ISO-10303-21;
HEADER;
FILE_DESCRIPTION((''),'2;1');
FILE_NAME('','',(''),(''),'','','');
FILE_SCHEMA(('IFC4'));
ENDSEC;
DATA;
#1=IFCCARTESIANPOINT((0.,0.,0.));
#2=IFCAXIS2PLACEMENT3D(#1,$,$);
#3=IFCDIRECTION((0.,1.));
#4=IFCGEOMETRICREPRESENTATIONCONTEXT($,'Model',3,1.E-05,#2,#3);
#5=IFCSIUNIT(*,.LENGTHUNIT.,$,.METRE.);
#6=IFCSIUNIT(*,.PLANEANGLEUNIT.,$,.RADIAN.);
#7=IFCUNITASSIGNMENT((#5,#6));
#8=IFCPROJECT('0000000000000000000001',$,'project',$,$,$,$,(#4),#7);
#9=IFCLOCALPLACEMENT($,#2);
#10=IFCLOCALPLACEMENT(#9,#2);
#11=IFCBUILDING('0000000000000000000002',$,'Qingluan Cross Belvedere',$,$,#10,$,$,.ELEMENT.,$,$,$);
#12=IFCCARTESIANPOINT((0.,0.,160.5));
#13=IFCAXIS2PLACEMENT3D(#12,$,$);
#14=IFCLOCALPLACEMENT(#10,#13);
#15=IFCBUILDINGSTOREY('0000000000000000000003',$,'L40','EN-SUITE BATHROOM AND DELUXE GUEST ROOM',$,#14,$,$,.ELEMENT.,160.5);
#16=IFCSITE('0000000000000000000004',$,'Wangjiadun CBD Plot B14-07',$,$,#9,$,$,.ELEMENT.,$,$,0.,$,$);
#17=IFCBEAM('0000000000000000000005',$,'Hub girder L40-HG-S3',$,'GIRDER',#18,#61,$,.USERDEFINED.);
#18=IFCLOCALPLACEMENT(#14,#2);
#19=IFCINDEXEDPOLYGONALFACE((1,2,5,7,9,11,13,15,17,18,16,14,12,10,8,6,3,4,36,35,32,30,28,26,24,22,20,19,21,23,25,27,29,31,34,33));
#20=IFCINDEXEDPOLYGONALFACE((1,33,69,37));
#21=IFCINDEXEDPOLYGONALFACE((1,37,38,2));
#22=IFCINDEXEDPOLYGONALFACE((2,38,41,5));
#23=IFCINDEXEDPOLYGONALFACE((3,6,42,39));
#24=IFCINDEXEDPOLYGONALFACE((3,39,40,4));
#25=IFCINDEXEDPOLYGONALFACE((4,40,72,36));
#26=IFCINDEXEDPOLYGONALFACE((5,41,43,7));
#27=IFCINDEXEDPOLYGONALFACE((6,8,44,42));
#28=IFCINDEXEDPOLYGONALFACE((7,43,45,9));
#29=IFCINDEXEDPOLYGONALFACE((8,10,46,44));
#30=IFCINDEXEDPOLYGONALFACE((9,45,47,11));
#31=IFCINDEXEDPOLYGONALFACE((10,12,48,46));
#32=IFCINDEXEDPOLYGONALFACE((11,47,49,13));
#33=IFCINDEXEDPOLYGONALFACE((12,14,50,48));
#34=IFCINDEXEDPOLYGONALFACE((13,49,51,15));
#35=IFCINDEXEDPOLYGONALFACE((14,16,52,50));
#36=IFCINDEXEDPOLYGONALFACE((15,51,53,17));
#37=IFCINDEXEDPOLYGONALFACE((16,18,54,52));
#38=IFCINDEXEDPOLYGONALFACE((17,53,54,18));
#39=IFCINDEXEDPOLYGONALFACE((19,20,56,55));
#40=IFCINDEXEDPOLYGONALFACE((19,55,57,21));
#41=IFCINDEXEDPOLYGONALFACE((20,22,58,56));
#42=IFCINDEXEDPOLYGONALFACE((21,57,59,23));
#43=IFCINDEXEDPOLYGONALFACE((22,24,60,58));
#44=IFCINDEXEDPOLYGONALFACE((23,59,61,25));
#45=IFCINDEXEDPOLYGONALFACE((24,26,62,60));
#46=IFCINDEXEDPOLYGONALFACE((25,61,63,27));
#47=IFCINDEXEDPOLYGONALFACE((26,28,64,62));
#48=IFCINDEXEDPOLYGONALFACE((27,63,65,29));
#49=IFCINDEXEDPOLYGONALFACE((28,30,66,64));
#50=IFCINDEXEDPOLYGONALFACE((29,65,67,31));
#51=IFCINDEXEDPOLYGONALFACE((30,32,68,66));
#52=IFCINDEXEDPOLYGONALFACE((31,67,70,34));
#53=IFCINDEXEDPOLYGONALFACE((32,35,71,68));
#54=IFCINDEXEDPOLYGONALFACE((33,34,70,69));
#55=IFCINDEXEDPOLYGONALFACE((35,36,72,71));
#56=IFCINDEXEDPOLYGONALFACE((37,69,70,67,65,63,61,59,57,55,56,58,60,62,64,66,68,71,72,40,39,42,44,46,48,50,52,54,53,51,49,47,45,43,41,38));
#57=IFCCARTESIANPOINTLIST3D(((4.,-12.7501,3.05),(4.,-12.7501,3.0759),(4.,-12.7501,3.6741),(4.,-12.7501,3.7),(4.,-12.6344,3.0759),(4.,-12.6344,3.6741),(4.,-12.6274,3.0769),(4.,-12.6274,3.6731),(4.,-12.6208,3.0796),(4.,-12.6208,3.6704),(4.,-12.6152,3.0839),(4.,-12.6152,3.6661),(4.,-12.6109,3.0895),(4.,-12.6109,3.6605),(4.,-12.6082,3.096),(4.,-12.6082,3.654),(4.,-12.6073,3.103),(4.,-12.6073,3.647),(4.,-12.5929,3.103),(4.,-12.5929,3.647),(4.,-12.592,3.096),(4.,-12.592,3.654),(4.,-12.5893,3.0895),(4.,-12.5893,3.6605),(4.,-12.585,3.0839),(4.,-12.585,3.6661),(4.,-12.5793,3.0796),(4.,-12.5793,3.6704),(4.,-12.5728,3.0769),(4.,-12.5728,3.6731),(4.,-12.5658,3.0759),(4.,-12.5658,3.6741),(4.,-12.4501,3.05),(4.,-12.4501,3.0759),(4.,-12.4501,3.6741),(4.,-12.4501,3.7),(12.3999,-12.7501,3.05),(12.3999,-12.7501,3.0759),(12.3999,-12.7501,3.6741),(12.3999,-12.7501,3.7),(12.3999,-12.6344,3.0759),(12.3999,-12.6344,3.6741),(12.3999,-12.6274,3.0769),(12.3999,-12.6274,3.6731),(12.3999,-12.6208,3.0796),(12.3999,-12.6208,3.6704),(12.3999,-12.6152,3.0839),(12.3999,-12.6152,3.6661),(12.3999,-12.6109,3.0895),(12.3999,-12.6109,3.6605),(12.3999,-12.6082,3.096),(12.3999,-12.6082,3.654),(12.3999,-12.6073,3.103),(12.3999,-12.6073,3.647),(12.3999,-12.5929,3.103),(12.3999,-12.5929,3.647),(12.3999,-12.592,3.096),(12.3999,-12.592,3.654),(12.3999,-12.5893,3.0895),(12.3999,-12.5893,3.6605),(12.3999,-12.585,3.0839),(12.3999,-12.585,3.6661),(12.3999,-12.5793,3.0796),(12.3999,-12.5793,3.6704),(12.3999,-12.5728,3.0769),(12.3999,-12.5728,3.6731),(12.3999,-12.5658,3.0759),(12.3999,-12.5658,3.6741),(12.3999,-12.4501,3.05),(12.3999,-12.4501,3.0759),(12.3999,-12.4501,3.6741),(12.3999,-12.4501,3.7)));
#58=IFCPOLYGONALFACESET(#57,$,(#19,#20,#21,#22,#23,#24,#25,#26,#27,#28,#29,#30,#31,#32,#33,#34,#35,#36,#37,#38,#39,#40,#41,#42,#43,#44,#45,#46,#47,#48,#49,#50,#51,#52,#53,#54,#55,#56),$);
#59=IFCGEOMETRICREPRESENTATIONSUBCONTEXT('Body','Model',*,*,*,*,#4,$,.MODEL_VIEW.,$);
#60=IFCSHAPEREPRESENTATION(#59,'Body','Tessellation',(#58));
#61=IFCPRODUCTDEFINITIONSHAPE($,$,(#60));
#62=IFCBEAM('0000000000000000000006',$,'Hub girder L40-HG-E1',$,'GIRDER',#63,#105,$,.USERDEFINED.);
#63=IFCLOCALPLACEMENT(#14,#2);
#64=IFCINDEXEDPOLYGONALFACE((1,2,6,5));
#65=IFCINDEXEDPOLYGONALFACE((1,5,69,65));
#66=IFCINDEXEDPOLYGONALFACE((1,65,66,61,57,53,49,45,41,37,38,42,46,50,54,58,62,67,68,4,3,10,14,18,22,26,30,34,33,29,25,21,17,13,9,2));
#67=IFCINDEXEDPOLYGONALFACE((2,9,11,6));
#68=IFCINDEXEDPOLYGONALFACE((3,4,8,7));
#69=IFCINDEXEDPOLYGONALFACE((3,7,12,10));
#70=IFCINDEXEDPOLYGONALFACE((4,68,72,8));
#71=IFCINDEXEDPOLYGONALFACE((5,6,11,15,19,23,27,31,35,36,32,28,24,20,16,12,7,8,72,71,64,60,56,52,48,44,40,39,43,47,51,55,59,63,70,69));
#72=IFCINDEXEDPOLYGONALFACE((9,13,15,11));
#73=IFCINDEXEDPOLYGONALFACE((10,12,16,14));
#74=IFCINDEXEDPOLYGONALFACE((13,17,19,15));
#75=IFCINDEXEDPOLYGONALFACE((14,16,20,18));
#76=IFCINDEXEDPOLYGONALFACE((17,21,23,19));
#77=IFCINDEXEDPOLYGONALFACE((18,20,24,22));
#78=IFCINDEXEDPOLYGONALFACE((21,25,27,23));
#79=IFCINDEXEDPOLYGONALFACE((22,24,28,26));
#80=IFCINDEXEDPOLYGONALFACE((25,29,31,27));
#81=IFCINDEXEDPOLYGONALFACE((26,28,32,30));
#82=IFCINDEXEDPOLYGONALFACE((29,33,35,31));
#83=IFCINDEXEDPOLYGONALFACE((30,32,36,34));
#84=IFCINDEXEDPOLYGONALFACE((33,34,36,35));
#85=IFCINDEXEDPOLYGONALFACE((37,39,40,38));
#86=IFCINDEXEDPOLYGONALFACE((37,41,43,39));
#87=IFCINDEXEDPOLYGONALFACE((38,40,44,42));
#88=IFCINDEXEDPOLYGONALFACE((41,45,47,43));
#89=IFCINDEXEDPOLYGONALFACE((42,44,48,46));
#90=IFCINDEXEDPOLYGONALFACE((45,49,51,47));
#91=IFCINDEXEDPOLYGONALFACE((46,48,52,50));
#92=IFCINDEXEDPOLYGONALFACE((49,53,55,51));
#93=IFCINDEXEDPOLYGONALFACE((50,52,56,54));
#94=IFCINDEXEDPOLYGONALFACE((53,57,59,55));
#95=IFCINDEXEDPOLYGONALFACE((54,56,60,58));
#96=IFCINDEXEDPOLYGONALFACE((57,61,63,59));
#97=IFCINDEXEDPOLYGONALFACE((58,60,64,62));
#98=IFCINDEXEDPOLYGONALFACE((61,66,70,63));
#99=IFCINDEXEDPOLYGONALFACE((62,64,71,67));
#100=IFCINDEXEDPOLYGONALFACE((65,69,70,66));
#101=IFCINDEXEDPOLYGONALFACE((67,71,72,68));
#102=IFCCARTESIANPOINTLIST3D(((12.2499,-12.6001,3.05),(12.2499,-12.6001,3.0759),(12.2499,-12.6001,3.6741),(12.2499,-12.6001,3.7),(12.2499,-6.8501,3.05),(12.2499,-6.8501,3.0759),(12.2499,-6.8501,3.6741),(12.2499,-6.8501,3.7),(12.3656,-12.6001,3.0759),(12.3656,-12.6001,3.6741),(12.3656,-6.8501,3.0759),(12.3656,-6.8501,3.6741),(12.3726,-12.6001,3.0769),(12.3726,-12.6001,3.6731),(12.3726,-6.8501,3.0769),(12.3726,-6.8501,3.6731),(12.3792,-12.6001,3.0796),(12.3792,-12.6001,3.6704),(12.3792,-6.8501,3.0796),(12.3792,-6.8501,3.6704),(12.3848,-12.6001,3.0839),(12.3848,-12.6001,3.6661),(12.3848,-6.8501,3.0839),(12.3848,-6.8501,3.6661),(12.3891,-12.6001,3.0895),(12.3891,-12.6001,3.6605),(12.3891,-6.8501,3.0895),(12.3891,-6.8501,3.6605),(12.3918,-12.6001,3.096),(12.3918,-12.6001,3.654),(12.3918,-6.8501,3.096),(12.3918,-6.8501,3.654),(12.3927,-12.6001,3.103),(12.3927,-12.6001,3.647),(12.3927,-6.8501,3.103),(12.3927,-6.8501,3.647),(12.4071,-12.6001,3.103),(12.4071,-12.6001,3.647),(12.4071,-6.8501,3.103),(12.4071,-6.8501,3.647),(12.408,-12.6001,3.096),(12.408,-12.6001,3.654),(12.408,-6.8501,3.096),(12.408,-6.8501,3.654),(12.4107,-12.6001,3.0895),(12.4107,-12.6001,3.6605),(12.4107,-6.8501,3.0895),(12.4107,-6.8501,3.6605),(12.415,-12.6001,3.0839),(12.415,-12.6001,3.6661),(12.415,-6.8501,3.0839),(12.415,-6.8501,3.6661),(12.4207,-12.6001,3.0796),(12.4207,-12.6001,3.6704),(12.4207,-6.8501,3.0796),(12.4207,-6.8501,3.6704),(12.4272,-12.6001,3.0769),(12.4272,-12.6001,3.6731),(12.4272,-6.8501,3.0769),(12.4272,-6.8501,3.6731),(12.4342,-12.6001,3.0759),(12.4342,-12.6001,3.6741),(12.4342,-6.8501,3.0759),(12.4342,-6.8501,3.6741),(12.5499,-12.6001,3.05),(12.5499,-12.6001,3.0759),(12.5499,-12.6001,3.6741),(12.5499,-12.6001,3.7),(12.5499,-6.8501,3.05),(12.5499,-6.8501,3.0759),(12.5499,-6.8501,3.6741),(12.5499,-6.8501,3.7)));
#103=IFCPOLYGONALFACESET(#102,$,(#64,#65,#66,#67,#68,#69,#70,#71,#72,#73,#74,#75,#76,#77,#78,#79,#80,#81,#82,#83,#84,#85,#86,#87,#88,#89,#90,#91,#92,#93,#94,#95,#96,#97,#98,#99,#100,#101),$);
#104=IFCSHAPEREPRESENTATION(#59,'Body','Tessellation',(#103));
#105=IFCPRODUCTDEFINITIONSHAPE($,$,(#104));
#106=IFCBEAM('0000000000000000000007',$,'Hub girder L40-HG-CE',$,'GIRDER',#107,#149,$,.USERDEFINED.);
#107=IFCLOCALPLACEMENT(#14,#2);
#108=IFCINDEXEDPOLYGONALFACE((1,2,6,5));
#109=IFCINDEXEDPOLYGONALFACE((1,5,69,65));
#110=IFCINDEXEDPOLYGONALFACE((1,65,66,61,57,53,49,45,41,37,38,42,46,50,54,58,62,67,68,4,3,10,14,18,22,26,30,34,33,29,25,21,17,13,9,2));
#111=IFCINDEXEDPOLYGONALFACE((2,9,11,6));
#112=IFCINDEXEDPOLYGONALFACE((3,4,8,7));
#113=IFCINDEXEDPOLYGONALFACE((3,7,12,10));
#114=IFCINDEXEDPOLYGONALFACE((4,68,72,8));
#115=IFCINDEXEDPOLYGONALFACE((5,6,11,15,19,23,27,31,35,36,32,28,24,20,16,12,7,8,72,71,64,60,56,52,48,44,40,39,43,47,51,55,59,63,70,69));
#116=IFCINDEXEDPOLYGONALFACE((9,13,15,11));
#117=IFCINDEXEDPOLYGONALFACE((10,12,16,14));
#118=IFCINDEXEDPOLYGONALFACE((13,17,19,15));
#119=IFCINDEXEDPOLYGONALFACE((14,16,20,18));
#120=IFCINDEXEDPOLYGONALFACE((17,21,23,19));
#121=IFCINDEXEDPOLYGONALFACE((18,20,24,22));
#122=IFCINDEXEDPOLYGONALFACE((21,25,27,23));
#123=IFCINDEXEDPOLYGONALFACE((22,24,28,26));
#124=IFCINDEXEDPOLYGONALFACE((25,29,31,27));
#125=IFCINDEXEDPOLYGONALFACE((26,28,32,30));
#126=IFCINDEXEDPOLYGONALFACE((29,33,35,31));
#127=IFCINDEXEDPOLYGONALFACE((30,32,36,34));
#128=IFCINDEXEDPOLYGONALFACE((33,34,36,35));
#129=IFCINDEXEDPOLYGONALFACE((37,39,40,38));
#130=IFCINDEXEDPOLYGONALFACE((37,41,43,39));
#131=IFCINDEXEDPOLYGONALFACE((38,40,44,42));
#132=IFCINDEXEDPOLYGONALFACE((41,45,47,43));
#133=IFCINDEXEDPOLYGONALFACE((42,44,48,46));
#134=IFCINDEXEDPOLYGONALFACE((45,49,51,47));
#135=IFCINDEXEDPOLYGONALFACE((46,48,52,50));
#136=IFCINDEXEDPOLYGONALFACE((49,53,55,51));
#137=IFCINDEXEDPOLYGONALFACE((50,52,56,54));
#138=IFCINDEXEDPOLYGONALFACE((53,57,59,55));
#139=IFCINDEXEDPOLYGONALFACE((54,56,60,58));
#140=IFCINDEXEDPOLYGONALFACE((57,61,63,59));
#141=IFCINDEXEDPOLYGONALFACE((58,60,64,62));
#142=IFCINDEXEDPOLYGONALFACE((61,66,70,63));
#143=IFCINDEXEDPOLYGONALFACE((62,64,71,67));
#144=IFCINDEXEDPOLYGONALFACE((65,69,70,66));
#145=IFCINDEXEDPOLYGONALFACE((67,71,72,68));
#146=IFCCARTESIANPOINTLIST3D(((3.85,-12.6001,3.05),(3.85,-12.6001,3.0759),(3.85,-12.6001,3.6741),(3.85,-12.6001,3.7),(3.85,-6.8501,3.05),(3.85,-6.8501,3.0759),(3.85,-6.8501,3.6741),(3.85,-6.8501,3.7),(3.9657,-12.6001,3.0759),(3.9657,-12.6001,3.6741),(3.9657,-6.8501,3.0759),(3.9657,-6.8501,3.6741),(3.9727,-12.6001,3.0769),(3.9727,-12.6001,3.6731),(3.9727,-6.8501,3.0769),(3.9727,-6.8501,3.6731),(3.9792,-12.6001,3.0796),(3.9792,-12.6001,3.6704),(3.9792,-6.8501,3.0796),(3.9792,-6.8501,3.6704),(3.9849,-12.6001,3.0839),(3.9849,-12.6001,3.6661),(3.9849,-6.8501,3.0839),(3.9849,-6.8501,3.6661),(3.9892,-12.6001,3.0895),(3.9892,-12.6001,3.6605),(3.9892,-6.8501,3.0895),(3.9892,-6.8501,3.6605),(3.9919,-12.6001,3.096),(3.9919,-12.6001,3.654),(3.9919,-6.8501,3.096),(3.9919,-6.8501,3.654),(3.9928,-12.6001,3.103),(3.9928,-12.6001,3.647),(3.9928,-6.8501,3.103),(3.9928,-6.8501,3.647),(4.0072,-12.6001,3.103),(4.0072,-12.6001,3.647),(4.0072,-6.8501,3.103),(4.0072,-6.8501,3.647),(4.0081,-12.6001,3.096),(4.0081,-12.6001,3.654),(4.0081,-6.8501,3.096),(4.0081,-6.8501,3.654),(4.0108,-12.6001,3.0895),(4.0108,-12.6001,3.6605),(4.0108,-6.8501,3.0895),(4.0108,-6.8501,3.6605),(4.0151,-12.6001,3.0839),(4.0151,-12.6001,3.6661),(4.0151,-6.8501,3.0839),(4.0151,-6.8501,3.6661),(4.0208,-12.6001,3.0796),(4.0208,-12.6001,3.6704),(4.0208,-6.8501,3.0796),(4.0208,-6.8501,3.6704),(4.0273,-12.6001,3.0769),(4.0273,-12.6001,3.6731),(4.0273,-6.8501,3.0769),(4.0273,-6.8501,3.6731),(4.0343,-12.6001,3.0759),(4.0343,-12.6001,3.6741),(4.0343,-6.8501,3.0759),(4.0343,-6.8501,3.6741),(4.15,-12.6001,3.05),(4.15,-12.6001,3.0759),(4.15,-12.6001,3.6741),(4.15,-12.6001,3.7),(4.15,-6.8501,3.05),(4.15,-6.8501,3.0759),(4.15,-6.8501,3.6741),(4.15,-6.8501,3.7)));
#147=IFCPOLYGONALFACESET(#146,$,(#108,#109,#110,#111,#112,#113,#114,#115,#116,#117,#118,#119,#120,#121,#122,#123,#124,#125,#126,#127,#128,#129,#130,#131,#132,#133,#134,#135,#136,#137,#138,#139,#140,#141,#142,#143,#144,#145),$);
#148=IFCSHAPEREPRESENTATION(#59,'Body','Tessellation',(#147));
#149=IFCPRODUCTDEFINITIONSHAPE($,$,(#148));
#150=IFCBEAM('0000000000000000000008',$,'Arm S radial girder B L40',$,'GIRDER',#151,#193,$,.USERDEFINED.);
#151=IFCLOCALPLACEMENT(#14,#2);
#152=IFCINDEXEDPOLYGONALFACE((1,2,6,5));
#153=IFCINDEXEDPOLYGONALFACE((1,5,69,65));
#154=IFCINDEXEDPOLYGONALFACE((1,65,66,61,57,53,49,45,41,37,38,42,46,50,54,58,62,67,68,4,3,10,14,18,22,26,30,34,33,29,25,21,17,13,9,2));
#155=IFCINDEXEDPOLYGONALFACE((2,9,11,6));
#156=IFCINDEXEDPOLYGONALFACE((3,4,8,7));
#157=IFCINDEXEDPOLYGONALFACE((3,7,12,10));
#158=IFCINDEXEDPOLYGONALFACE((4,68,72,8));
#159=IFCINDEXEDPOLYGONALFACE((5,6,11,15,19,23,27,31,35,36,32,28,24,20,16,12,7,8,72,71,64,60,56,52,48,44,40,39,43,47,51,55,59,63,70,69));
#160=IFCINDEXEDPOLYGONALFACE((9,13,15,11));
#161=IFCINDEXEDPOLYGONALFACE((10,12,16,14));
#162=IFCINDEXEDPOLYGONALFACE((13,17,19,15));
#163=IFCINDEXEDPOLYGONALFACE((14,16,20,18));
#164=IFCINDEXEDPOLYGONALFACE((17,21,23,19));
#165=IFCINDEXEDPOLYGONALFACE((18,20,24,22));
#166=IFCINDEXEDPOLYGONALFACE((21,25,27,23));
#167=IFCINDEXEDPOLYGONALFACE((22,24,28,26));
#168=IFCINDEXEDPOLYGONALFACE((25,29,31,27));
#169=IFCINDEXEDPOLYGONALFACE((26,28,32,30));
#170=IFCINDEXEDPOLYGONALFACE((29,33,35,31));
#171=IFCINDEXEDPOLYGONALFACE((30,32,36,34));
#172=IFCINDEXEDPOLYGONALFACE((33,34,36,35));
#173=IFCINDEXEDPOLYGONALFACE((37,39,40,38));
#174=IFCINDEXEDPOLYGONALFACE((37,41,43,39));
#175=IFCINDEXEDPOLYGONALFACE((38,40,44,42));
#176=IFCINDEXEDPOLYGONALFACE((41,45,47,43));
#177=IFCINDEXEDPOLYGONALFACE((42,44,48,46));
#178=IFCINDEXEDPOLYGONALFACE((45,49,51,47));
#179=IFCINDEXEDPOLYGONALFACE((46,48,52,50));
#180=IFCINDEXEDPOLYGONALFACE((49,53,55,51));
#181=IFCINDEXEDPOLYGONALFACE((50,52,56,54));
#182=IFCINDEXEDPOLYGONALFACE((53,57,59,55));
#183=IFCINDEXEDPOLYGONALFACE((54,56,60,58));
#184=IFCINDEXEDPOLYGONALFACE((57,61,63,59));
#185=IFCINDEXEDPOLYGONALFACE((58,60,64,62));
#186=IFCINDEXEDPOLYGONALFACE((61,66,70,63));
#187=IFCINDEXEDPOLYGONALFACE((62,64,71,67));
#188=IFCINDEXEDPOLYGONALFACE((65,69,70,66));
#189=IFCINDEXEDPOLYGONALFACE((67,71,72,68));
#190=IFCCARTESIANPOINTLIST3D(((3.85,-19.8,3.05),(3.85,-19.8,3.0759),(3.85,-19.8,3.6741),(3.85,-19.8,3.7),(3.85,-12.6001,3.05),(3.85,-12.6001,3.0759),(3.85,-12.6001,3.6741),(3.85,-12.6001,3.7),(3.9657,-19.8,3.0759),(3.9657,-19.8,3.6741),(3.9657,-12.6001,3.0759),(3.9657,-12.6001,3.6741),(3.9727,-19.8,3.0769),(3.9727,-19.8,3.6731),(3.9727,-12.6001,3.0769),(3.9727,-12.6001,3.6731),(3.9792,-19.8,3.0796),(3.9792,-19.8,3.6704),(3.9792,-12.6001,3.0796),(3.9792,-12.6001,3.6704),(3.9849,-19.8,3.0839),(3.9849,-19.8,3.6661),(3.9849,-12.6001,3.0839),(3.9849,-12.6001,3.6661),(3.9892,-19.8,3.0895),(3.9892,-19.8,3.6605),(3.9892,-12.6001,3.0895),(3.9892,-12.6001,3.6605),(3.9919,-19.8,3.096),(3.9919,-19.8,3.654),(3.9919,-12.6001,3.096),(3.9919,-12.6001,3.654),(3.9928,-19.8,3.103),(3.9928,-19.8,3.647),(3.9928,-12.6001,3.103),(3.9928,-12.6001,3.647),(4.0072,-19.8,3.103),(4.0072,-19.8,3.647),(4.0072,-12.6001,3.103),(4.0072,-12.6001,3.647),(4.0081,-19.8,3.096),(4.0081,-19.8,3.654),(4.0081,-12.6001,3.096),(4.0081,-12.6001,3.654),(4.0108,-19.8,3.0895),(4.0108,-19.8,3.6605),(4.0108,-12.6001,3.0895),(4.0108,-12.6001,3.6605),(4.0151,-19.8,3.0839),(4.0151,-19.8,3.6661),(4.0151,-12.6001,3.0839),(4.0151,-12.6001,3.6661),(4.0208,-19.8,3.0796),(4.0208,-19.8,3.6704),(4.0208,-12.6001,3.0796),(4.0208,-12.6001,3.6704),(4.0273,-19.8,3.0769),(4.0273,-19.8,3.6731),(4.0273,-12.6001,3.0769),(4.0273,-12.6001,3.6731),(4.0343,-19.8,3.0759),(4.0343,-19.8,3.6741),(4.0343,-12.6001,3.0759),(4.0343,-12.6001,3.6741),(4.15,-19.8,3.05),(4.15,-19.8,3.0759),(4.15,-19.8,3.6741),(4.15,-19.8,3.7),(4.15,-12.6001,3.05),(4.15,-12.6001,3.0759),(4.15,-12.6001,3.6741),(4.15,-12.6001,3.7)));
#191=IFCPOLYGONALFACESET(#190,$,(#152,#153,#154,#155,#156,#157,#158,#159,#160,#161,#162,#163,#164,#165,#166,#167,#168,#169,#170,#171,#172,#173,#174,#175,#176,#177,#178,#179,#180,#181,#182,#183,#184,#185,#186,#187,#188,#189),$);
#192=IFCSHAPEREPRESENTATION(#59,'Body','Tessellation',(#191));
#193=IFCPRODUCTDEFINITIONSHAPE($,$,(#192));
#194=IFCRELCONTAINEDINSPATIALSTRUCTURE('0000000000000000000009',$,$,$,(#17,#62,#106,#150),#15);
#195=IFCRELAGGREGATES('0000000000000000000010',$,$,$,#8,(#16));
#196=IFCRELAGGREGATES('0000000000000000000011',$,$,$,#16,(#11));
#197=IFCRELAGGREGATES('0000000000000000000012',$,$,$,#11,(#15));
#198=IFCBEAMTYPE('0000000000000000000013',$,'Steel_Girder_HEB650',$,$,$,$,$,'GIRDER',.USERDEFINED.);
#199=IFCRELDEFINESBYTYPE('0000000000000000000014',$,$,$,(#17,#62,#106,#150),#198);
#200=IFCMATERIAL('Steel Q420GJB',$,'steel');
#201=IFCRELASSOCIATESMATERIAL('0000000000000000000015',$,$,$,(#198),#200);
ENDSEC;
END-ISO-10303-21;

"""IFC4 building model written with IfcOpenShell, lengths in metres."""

from ifc_helpers import new_model, si_unit, direction, frame, origin, origin_2d, place, context, subcontext, project, spatial, i_section, extrude, material, material_profile, profile_set, type_object, element, save


model = new_model("IFC4")

# Units and contexts
model_context = context("Model", 3, precision=1e-05, world=origin(), true_north=direction((0.0, 1.0)))
body_context = subcontext(model_context, "Body", "Model", "MODEL_VIEW")
ifc_project = project(units=[si_unit("LENGTHUNIT", "METRE"), si_unit("PLANEANGLEUNIT", "RADIAN")], contexts=[model_context])

# Site, building, storey
site_placement = place(None, origin())
site = spatial("IfcSite", under=ifc_project, at=site_placement, Name="Wangjiadun CBD Plot B14-07", CompositionType="ELEMENT", RefElevation=0.0)
building_placement = place(site_placement, origin())
building = spatial("IfcBuilding", under=site, at=building_placement, Name="Qingluan Cross Belvedere", CompositionType="ELEMENT")
storey_placement = place(building_placement, frame((0.0, 0.0, 160.5)))
storey = spatial("IfcBuildingStorey", under=building, at=storey_placement, Name="L40", Description="EN-SUITE BATHROOM AND DELUXE GUEST ROOM", CompositionType="ELEMENT", Elevation=160.5)

# Beams
ifc_material_1 = material(Name="Steel Q420GJB", Category="steel")
ifc_material_profile_1 = material_profile(ifc_material_1, i_section(OverallWidth=0.3, OverallDepth=0.6499, WebThickness=0.0144, FlangeThickness=0.0259, FilletRadius=0.0271, at=origin_2d()), Name="HEB650")
ifc_profile_set_1 = profile_set([ifc_material_profile_1], Name="Steel Q420GJB")
beam_type_1 = type_object("IfcBeamType", Name="Steel_Girder_HEB650", ElementType="GIRDER", PredefinedType="USERDEFINED", material=ifc_profile_set_1)
beam_1_placement = place(storey_placement, frame((4.0, -12.6001, 3.375), z_axis=(1.0, 0.0, 0.0), x_axis=(0.0, 1.0, 0.0)))
element("IfcBeam", 1, at=beam_1_placement, inside=storey, type_object=beam_type_1, Name="Hub girder L40-HG-S3", ObjectType="GIRDER", PredefinedType="USERDEFINED", context=body_context, shape_type="SweptSolid", body=[
    extrude(i_section(OverallWidth=0.3, OverallDepth=0.6499, WebThickness=0.0144, FlangeThickness=0.0259, FilletRadius=0.0271, at=origin_2d()), origin(), (0.0, 0.0, 1.0), 8.3999),
])
for number, where, z_axis, x_axis, name in (
    (2, (12.3999, -12.6001, 3.375), (0.0, 1.0, 0.0), (-1.0, 0.0, 0.0), "Hub girder L40-HG-E1"),
    (3, (4.0, -12.6001, 3.375), (0.0, 1.0, 0.0), (-1.0, 0.0, 0.0), "Hub girder L40-HG-CE"),
):
    element("IfcBeam", number, at=place(storey_placement, frame(where, z_axis=z_axis, x_axis=x_axis)), inside=storey, type_object=beam_type_1, Name=name, ObjectType="GIRDER", PredefinedType="USERDEFINED", context=body_context, shape_type="SweptSolid", body=[
        extrude(i_section(OverallWidth=0.3, OverallDepth=0.6499, WebThickness=0.0144, FlangeThickness=0.0259, FilletRadius=0.0271, at=origin_2d()), origin(), (0.0, 0.0, 1.0), 5.75),
    ])
beam_2_placement = place(storey_placement, frame((4.0, -12.6001, 3.375), z_axis=(0.0, -1.0, 0.0), x_axis=(1.0, 0.0, 0.0)))
element("IfcBeam", 4, at=beam_2_placement, inside=storey, type_object=beam_type_1, Name="Arm S radial girder B L40", ObjectType="GIRDER", PredefinedType="USERDEFINED", context=body_context, shape_type="SweptSolid", body=[
    extrude(i_section(OverallWidth=0.3, OverallDepth=0.6499, WebThickness=0.0144, FlangeThickness=0.0259, FilletRadius=0.0271, at=origin_2d()), origin(), (0.0, 0.0, 1.0), 7.2),
])

save(model, "model.ifc")
